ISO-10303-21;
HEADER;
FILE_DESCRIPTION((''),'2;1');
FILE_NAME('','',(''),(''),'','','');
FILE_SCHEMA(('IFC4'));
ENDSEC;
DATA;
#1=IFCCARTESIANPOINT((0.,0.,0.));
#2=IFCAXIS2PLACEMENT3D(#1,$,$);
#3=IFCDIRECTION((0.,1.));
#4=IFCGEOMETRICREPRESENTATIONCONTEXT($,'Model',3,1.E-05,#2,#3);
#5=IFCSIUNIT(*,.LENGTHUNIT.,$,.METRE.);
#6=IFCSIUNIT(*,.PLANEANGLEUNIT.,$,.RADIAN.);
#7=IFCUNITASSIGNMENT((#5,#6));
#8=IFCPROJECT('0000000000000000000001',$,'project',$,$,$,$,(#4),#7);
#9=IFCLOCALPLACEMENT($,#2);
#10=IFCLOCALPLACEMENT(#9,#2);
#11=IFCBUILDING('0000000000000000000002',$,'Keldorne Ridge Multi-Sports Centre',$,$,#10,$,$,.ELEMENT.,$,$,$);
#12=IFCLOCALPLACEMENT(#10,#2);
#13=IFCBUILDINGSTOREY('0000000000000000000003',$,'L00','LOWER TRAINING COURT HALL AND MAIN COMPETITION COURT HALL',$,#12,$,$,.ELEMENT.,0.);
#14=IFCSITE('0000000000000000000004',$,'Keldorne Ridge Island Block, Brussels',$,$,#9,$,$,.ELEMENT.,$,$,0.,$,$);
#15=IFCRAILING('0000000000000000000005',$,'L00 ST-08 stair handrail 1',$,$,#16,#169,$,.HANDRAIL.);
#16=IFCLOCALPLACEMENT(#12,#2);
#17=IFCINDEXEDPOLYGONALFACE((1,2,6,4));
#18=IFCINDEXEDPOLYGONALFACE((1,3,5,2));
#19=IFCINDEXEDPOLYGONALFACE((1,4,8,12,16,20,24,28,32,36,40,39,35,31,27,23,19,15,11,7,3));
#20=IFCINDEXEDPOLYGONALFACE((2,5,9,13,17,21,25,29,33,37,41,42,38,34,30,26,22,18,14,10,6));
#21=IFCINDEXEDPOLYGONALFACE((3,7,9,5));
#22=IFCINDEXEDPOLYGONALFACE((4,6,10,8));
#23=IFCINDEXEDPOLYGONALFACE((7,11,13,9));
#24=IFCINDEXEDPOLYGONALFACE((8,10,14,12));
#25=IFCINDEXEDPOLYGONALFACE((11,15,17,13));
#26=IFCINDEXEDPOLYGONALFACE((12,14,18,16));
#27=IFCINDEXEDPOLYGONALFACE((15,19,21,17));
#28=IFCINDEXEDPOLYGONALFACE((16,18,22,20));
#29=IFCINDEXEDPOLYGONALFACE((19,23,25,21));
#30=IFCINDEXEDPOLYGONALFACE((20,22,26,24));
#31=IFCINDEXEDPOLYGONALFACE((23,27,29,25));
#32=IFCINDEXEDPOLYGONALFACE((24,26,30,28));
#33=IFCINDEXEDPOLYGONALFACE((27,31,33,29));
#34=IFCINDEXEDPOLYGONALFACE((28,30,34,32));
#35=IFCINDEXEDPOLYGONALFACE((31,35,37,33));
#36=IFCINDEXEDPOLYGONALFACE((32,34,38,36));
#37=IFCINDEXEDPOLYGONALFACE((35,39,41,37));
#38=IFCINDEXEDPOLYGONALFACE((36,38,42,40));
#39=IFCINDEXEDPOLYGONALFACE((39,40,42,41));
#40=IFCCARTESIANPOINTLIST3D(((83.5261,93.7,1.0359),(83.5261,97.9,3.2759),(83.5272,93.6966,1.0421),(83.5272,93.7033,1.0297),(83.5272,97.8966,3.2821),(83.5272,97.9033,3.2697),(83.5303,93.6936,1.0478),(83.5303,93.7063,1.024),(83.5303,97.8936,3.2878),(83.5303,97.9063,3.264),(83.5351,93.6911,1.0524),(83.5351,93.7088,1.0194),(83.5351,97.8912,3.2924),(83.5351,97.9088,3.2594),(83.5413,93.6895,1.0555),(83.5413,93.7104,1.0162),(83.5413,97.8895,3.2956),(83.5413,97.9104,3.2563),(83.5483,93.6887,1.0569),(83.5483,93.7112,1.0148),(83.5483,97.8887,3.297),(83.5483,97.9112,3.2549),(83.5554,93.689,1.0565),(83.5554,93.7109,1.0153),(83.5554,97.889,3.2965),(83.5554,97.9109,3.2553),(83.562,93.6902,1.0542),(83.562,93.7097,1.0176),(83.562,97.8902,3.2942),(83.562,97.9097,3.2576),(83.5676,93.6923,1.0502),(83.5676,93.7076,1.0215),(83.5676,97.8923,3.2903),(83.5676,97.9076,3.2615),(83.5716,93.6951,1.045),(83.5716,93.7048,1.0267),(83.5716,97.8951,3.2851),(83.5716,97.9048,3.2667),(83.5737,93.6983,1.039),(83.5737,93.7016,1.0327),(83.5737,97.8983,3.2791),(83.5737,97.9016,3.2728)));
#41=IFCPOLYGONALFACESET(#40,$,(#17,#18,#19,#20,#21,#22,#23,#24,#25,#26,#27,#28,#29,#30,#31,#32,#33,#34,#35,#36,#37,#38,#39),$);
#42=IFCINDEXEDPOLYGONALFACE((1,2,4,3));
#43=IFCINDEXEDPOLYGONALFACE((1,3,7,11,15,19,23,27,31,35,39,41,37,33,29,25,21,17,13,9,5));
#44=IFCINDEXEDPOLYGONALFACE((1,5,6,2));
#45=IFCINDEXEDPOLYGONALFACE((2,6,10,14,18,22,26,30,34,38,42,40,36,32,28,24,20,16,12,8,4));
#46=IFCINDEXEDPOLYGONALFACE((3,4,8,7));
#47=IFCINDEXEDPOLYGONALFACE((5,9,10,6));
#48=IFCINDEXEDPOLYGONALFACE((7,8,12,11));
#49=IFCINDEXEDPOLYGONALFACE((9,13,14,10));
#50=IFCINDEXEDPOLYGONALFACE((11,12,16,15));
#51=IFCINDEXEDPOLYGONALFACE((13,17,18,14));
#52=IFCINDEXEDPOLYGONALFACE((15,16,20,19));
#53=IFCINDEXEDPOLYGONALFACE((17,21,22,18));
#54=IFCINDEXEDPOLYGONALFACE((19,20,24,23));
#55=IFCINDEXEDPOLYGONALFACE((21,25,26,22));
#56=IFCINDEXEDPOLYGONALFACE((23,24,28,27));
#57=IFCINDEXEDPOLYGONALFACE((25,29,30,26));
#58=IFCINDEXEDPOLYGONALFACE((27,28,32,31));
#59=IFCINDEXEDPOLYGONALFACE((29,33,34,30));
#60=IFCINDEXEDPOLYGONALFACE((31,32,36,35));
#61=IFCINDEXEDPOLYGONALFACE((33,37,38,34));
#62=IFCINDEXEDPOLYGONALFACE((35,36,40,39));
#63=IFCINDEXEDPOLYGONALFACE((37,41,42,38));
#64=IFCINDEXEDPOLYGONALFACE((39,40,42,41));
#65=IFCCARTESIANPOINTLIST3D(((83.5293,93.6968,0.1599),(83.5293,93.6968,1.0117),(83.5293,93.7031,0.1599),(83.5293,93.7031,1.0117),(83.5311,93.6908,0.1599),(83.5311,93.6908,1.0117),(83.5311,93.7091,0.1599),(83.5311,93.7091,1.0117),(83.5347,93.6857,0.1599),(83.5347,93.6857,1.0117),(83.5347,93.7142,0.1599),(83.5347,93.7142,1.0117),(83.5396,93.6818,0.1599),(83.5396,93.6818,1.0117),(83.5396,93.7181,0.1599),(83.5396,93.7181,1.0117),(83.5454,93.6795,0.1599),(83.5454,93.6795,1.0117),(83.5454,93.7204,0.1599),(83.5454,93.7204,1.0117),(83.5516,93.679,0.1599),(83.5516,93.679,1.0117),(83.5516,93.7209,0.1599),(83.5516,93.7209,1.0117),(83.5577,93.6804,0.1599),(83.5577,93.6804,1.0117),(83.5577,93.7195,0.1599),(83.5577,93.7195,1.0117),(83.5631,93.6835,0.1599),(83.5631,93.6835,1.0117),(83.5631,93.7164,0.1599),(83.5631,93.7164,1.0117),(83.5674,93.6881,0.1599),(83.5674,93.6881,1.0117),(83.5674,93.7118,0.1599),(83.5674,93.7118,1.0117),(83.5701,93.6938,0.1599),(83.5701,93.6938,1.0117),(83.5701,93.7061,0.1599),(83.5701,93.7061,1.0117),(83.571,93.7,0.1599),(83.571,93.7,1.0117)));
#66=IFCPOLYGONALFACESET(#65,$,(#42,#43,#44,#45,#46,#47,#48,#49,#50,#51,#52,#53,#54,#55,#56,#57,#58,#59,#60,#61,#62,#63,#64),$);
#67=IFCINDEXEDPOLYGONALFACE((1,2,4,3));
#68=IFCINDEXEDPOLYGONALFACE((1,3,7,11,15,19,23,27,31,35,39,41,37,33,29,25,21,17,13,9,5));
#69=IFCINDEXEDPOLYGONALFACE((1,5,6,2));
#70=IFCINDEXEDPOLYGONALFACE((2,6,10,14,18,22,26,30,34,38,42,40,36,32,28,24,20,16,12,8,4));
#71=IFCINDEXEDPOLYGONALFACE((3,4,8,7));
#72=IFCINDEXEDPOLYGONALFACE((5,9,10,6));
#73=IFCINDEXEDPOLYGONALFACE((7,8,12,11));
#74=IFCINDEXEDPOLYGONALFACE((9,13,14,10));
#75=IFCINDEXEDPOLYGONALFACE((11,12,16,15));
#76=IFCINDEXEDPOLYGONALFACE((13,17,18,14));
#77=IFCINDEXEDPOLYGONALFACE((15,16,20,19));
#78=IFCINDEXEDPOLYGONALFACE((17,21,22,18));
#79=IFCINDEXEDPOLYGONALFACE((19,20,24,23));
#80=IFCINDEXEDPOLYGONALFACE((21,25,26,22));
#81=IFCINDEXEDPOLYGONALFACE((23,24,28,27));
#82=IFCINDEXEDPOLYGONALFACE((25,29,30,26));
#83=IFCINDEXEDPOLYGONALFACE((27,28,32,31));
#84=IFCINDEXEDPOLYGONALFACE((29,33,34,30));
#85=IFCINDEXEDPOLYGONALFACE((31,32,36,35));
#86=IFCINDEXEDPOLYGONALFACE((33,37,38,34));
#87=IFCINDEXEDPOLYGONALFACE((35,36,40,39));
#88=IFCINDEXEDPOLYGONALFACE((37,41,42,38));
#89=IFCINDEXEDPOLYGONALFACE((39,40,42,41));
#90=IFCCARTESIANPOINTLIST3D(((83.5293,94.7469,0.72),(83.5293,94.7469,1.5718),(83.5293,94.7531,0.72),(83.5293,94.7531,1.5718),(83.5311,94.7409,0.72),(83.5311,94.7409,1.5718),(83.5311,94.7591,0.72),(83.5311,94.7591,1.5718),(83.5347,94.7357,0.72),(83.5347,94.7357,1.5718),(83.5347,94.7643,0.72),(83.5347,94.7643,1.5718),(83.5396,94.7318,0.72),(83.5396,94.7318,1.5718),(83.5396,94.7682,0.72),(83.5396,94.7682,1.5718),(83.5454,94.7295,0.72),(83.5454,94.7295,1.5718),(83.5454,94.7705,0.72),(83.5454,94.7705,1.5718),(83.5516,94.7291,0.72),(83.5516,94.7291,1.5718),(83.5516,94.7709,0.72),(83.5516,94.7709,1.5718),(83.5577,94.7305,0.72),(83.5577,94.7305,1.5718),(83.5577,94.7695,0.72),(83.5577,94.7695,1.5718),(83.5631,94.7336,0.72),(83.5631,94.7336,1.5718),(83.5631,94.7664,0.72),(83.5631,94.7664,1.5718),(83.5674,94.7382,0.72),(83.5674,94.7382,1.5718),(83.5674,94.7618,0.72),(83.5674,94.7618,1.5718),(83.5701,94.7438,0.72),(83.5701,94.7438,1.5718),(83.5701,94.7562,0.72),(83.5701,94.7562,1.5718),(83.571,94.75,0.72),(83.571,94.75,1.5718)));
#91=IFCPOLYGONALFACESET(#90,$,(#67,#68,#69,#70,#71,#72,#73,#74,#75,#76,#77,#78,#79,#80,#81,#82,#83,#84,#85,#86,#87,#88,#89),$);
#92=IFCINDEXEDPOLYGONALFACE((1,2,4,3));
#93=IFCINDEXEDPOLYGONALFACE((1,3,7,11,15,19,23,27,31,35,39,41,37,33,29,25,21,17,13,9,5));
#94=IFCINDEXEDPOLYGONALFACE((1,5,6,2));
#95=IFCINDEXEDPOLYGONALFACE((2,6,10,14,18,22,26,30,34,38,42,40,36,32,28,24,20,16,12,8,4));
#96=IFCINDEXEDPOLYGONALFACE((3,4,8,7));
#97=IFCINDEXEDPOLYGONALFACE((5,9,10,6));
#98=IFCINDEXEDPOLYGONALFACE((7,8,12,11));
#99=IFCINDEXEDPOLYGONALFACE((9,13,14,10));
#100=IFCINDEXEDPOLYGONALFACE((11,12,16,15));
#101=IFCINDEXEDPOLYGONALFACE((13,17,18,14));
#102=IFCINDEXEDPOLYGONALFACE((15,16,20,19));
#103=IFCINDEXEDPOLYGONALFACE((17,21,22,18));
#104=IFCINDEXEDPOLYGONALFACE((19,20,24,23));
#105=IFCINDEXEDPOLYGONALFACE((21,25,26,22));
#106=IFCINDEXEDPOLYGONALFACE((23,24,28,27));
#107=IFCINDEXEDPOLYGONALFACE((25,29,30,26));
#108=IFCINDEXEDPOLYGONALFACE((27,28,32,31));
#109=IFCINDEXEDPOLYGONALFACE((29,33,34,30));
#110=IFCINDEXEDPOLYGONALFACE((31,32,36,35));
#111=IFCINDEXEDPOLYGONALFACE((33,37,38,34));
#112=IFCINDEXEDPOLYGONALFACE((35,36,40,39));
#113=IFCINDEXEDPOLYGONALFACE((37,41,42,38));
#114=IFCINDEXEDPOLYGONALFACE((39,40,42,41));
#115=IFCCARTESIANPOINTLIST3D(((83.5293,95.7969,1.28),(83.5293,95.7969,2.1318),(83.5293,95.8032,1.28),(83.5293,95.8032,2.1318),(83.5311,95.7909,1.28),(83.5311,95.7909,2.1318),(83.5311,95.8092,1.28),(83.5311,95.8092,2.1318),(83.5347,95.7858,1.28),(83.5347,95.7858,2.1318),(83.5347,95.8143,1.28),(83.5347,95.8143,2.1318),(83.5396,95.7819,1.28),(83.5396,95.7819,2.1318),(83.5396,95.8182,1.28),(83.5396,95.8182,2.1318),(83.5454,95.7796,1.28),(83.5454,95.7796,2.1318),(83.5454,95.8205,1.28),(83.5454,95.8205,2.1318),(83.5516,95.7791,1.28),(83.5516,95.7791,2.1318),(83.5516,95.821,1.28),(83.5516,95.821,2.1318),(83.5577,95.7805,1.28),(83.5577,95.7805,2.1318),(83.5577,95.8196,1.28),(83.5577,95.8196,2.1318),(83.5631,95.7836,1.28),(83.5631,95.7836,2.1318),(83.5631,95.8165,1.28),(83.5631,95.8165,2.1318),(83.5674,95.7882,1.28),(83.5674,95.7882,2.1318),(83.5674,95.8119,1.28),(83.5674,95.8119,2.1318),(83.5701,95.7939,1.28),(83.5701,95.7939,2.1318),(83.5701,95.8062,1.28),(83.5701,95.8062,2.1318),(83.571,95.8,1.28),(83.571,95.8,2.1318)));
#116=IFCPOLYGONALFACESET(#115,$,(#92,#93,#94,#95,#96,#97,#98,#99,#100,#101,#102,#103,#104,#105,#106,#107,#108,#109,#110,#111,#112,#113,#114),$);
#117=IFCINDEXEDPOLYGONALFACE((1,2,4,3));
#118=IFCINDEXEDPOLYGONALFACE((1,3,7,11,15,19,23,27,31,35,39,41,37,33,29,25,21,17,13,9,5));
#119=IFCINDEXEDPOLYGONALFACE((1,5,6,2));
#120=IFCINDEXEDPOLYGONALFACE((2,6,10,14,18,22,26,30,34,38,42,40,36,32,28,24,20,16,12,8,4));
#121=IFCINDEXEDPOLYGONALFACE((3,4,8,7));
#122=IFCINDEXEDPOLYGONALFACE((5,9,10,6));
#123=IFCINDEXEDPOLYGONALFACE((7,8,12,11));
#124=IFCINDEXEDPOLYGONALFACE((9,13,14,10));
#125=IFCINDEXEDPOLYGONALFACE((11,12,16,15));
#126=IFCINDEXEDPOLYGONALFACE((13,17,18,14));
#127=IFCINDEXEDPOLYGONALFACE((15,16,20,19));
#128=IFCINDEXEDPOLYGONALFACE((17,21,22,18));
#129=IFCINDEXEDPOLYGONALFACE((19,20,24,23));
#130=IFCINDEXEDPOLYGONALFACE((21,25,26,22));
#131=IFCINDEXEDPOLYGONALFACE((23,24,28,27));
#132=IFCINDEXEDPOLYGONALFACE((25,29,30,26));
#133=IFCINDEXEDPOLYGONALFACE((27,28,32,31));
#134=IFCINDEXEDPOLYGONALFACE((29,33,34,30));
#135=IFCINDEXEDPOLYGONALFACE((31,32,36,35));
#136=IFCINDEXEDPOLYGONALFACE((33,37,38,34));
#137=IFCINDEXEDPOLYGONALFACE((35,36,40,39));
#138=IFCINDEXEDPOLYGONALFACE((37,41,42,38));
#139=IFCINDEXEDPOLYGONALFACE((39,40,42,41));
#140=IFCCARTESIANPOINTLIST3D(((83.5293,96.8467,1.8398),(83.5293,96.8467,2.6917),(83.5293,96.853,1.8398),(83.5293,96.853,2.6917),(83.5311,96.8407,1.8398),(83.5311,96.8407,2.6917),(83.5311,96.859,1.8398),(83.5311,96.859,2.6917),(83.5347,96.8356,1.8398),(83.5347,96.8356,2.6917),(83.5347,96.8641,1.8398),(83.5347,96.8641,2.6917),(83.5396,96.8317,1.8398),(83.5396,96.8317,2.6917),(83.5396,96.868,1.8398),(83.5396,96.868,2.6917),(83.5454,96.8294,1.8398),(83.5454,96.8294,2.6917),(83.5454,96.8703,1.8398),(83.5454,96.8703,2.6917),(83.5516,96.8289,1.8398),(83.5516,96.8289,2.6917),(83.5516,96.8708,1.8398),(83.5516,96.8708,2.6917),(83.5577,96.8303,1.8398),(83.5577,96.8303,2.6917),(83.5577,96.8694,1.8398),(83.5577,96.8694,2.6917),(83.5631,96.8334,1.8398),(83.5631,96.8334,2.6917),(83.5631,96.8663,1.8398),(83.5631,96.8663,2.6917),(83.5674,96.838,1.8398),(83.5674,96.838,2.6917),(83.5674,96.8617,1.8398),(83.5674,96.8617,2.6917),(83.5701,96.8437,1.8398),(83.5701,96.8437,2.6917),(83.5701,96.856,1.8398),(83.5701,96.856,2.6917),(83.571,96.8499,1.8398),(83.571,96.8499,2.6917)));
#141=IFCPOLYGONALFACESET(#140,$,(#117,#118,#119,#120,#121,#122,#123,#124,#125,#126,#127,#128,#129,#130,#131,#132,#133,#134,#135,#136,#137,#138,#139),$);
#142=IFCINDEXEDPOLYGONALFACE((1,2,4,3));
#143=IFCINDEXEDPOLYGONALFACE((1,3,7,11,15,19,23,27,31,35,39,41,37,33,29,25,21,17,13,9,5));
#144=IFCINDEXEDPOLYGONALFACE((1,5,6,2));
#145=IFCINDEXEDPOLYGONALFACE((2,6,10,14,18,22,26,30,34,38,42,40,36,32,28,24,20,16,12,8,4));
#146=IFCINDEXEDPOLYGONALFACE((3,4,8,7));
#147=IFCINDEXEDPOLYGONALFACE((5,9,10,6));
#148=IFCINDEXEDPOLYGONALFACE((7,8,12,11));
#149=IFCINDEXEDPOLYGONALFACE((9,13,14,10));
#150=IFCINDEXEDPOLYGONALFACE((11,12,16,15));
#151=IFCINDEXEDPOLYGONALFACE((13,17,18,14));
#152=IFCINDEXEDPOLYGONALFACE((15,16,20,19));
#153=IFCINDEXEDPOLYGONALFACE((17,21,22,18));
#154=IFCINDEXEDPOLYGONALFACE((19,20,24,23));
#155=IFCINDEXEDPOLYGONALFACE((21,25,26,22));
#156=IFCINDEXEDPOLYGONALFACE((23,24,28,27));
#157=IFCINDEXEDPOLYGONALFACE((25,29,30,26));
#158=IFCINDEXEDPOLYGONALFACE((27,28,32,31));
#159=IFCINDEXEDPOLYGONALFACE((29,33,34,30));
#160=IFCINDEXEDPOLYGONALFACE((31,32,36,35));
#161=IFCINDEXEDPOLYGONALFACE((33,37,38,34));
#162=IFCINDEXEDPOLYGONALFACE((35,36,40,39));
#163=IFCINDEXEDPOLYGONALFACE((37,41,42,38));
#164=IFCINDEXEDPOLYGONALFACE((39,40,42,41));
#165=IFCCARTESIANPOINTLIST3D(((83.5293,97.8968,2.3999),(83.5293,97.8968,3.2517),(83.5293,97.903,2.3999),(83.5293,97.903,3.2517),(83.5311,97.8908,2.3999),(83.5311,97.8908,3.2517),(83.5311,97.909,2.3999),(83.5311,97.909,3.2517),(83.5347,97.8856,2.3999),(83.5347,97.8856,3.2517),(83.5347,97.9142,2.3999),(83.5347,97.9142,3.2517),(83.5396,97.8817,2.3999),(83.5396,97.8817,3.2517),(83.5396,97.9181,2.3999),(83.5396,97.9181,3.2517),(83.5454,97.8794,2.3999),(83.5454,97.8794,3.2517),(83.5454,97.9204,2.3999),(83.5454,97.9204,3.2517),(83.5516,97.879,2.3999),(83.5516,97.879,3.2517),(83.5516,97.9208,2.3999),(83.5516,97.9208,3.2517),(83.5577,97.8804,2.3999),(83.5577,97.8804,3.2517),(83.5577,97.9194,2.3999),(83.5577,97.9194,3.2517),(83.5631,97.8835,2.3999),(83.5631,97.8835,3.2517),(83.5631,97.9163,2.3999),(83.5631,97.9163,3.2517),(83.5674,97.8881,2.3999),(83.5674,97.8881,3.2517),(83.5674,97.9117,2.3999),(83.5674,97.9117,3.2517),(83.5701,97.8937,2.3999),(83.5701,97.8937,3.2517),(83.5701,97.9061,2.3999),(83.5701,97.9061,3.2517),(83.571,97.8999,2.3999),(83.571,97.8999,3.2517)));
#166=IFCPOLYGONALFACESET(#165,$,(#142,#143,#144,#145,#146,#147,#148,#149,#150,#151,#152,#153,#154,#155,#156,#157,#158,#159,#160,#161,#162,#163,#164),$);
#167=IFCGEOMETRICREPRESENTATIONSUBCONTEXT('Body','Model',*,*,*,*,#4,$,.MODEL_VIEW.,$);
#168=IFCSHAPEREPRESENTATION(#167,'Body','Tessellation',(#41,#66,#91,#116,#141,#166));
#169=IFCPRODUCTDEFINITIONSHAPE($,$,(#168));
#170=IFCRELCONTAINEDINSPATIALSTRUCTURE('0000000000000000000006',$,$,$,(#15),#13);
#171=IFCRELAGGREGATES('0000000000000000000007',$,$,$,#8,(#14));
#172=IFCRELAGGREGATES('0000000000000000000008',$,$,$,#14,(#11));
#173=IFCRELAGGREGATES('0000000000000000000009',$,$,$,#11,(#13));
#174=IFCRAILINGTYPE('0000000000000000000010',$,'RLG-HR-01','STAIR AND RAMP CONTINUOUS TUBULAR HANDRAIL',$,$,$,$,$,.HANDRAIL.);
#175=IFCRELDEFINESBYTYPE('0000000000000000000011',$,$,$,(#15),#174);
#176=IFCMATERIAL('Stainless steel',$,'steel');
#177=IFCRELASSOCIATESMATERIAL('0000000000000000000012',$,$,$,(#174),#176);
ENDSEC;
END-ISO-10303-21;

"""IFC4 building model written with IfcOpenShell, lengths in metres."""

from ifc_helpers import new_model, si_unit, direction, frame, origin, origin_2d, place, context, subcontext, project, spatial, circle, extrude, material, type_object, element, save


model = new_model("IFC4")

# Units and contexts
model_context = context("Model", 3, precision=1e-05, world=origin(), true_north=direction((0.0, 1.0)))
body_context = subcontext(model_context, "Body", "Model", "MODEL_VIEW")
ifc_project = project(units=[si_unit("LENGTHUNIT", "METRE"), si_unit("PLANEANGLEUNIT", "RADIAN")], contexts=[model_context])

# Site, building, storey
site_placement = place(None, origin())
site = spatial("IfcSite", under=ifc_project, at=site_placement, Name="Keldorne Ridge Island Block, Brussels", CompositionType="ELEMENT", RefElevation=0.0)
building_placement = place(site_placement, origin())
building = spatial("IfcBuilding", under=site, at=building_placement, Name="Keldorne Ridge Multi-Sports Centre", CompositionType="ELEMENT")
storey_placement = place(building_placement, origin())
storey = spatial("IfcBuildingStorey", under=building, at=storey_placement, Name="L00", Description="LOWER TRAINING COURT HALL AND MAIN COMPETITION COURT HALL", CompositionType="ELEMENT", Elevation=0.0)

# Railing
ifc_material_1 = material(Name="Stainless steel", Category="steel")
railing_type_1 = type_object("IfcRailingType", Name="RLG-HR-01", Description="STAIR AND RAMP CONTINUOUS TUBULAR HANDRAIL", PredefinedType="HANDRAIL", material=ifc_material_1)
railing_1_placement = place(storey_placement, frame((83.55, 93.7, 0.1599)))
element("IfcRailing", 1, at=railing_1_placement, inside=storey, type_object=railing_type_1, Name="L00 ST-08 stair handrail 1", PredefinedType="HANDRAIL", context=body_context, shape_type="SweptSolid", body=[
    extrude(circle(Radius=0.0239, at=origin_2d()), frame((0.0, 0.0, 0.876), z_axis=(0.0, 0.882352, 0.470591), x_axis=(-1.0, 0.0, 0.0)), (0.0, 0.0, 1.0), 4.76),
    extrude(circle(Radius=0.021, at=origin_2d()), origin(), (0.0, 0.0, 1.0), 0.8518),
    extrude(circle(Radius=0.021, at=origin_2d()), frame((0.0, 1.05, 0.5601)), (0.0, 0.0, 1.0), 0.8518),
    extrude(circle(Radius=0.021, at=origin_2d()), frame((0.0, 2.1001, 1.1201)), (0.0, 0.0, 1.0), 0.8518),
    extrude(circle(Radius=0.021, at=origin_2d()), frame((0.0, 3.1499, 1.6799)), (0.0, 0.0, 1.0), 0.8518),
    extrude(circle(Radius=0.021, at=origin_2d()), frame((0.0, 4.2, 2.24)), (0.0, 0.0, 1.0), 0.8518),
])

save(model, "model.ifc")
